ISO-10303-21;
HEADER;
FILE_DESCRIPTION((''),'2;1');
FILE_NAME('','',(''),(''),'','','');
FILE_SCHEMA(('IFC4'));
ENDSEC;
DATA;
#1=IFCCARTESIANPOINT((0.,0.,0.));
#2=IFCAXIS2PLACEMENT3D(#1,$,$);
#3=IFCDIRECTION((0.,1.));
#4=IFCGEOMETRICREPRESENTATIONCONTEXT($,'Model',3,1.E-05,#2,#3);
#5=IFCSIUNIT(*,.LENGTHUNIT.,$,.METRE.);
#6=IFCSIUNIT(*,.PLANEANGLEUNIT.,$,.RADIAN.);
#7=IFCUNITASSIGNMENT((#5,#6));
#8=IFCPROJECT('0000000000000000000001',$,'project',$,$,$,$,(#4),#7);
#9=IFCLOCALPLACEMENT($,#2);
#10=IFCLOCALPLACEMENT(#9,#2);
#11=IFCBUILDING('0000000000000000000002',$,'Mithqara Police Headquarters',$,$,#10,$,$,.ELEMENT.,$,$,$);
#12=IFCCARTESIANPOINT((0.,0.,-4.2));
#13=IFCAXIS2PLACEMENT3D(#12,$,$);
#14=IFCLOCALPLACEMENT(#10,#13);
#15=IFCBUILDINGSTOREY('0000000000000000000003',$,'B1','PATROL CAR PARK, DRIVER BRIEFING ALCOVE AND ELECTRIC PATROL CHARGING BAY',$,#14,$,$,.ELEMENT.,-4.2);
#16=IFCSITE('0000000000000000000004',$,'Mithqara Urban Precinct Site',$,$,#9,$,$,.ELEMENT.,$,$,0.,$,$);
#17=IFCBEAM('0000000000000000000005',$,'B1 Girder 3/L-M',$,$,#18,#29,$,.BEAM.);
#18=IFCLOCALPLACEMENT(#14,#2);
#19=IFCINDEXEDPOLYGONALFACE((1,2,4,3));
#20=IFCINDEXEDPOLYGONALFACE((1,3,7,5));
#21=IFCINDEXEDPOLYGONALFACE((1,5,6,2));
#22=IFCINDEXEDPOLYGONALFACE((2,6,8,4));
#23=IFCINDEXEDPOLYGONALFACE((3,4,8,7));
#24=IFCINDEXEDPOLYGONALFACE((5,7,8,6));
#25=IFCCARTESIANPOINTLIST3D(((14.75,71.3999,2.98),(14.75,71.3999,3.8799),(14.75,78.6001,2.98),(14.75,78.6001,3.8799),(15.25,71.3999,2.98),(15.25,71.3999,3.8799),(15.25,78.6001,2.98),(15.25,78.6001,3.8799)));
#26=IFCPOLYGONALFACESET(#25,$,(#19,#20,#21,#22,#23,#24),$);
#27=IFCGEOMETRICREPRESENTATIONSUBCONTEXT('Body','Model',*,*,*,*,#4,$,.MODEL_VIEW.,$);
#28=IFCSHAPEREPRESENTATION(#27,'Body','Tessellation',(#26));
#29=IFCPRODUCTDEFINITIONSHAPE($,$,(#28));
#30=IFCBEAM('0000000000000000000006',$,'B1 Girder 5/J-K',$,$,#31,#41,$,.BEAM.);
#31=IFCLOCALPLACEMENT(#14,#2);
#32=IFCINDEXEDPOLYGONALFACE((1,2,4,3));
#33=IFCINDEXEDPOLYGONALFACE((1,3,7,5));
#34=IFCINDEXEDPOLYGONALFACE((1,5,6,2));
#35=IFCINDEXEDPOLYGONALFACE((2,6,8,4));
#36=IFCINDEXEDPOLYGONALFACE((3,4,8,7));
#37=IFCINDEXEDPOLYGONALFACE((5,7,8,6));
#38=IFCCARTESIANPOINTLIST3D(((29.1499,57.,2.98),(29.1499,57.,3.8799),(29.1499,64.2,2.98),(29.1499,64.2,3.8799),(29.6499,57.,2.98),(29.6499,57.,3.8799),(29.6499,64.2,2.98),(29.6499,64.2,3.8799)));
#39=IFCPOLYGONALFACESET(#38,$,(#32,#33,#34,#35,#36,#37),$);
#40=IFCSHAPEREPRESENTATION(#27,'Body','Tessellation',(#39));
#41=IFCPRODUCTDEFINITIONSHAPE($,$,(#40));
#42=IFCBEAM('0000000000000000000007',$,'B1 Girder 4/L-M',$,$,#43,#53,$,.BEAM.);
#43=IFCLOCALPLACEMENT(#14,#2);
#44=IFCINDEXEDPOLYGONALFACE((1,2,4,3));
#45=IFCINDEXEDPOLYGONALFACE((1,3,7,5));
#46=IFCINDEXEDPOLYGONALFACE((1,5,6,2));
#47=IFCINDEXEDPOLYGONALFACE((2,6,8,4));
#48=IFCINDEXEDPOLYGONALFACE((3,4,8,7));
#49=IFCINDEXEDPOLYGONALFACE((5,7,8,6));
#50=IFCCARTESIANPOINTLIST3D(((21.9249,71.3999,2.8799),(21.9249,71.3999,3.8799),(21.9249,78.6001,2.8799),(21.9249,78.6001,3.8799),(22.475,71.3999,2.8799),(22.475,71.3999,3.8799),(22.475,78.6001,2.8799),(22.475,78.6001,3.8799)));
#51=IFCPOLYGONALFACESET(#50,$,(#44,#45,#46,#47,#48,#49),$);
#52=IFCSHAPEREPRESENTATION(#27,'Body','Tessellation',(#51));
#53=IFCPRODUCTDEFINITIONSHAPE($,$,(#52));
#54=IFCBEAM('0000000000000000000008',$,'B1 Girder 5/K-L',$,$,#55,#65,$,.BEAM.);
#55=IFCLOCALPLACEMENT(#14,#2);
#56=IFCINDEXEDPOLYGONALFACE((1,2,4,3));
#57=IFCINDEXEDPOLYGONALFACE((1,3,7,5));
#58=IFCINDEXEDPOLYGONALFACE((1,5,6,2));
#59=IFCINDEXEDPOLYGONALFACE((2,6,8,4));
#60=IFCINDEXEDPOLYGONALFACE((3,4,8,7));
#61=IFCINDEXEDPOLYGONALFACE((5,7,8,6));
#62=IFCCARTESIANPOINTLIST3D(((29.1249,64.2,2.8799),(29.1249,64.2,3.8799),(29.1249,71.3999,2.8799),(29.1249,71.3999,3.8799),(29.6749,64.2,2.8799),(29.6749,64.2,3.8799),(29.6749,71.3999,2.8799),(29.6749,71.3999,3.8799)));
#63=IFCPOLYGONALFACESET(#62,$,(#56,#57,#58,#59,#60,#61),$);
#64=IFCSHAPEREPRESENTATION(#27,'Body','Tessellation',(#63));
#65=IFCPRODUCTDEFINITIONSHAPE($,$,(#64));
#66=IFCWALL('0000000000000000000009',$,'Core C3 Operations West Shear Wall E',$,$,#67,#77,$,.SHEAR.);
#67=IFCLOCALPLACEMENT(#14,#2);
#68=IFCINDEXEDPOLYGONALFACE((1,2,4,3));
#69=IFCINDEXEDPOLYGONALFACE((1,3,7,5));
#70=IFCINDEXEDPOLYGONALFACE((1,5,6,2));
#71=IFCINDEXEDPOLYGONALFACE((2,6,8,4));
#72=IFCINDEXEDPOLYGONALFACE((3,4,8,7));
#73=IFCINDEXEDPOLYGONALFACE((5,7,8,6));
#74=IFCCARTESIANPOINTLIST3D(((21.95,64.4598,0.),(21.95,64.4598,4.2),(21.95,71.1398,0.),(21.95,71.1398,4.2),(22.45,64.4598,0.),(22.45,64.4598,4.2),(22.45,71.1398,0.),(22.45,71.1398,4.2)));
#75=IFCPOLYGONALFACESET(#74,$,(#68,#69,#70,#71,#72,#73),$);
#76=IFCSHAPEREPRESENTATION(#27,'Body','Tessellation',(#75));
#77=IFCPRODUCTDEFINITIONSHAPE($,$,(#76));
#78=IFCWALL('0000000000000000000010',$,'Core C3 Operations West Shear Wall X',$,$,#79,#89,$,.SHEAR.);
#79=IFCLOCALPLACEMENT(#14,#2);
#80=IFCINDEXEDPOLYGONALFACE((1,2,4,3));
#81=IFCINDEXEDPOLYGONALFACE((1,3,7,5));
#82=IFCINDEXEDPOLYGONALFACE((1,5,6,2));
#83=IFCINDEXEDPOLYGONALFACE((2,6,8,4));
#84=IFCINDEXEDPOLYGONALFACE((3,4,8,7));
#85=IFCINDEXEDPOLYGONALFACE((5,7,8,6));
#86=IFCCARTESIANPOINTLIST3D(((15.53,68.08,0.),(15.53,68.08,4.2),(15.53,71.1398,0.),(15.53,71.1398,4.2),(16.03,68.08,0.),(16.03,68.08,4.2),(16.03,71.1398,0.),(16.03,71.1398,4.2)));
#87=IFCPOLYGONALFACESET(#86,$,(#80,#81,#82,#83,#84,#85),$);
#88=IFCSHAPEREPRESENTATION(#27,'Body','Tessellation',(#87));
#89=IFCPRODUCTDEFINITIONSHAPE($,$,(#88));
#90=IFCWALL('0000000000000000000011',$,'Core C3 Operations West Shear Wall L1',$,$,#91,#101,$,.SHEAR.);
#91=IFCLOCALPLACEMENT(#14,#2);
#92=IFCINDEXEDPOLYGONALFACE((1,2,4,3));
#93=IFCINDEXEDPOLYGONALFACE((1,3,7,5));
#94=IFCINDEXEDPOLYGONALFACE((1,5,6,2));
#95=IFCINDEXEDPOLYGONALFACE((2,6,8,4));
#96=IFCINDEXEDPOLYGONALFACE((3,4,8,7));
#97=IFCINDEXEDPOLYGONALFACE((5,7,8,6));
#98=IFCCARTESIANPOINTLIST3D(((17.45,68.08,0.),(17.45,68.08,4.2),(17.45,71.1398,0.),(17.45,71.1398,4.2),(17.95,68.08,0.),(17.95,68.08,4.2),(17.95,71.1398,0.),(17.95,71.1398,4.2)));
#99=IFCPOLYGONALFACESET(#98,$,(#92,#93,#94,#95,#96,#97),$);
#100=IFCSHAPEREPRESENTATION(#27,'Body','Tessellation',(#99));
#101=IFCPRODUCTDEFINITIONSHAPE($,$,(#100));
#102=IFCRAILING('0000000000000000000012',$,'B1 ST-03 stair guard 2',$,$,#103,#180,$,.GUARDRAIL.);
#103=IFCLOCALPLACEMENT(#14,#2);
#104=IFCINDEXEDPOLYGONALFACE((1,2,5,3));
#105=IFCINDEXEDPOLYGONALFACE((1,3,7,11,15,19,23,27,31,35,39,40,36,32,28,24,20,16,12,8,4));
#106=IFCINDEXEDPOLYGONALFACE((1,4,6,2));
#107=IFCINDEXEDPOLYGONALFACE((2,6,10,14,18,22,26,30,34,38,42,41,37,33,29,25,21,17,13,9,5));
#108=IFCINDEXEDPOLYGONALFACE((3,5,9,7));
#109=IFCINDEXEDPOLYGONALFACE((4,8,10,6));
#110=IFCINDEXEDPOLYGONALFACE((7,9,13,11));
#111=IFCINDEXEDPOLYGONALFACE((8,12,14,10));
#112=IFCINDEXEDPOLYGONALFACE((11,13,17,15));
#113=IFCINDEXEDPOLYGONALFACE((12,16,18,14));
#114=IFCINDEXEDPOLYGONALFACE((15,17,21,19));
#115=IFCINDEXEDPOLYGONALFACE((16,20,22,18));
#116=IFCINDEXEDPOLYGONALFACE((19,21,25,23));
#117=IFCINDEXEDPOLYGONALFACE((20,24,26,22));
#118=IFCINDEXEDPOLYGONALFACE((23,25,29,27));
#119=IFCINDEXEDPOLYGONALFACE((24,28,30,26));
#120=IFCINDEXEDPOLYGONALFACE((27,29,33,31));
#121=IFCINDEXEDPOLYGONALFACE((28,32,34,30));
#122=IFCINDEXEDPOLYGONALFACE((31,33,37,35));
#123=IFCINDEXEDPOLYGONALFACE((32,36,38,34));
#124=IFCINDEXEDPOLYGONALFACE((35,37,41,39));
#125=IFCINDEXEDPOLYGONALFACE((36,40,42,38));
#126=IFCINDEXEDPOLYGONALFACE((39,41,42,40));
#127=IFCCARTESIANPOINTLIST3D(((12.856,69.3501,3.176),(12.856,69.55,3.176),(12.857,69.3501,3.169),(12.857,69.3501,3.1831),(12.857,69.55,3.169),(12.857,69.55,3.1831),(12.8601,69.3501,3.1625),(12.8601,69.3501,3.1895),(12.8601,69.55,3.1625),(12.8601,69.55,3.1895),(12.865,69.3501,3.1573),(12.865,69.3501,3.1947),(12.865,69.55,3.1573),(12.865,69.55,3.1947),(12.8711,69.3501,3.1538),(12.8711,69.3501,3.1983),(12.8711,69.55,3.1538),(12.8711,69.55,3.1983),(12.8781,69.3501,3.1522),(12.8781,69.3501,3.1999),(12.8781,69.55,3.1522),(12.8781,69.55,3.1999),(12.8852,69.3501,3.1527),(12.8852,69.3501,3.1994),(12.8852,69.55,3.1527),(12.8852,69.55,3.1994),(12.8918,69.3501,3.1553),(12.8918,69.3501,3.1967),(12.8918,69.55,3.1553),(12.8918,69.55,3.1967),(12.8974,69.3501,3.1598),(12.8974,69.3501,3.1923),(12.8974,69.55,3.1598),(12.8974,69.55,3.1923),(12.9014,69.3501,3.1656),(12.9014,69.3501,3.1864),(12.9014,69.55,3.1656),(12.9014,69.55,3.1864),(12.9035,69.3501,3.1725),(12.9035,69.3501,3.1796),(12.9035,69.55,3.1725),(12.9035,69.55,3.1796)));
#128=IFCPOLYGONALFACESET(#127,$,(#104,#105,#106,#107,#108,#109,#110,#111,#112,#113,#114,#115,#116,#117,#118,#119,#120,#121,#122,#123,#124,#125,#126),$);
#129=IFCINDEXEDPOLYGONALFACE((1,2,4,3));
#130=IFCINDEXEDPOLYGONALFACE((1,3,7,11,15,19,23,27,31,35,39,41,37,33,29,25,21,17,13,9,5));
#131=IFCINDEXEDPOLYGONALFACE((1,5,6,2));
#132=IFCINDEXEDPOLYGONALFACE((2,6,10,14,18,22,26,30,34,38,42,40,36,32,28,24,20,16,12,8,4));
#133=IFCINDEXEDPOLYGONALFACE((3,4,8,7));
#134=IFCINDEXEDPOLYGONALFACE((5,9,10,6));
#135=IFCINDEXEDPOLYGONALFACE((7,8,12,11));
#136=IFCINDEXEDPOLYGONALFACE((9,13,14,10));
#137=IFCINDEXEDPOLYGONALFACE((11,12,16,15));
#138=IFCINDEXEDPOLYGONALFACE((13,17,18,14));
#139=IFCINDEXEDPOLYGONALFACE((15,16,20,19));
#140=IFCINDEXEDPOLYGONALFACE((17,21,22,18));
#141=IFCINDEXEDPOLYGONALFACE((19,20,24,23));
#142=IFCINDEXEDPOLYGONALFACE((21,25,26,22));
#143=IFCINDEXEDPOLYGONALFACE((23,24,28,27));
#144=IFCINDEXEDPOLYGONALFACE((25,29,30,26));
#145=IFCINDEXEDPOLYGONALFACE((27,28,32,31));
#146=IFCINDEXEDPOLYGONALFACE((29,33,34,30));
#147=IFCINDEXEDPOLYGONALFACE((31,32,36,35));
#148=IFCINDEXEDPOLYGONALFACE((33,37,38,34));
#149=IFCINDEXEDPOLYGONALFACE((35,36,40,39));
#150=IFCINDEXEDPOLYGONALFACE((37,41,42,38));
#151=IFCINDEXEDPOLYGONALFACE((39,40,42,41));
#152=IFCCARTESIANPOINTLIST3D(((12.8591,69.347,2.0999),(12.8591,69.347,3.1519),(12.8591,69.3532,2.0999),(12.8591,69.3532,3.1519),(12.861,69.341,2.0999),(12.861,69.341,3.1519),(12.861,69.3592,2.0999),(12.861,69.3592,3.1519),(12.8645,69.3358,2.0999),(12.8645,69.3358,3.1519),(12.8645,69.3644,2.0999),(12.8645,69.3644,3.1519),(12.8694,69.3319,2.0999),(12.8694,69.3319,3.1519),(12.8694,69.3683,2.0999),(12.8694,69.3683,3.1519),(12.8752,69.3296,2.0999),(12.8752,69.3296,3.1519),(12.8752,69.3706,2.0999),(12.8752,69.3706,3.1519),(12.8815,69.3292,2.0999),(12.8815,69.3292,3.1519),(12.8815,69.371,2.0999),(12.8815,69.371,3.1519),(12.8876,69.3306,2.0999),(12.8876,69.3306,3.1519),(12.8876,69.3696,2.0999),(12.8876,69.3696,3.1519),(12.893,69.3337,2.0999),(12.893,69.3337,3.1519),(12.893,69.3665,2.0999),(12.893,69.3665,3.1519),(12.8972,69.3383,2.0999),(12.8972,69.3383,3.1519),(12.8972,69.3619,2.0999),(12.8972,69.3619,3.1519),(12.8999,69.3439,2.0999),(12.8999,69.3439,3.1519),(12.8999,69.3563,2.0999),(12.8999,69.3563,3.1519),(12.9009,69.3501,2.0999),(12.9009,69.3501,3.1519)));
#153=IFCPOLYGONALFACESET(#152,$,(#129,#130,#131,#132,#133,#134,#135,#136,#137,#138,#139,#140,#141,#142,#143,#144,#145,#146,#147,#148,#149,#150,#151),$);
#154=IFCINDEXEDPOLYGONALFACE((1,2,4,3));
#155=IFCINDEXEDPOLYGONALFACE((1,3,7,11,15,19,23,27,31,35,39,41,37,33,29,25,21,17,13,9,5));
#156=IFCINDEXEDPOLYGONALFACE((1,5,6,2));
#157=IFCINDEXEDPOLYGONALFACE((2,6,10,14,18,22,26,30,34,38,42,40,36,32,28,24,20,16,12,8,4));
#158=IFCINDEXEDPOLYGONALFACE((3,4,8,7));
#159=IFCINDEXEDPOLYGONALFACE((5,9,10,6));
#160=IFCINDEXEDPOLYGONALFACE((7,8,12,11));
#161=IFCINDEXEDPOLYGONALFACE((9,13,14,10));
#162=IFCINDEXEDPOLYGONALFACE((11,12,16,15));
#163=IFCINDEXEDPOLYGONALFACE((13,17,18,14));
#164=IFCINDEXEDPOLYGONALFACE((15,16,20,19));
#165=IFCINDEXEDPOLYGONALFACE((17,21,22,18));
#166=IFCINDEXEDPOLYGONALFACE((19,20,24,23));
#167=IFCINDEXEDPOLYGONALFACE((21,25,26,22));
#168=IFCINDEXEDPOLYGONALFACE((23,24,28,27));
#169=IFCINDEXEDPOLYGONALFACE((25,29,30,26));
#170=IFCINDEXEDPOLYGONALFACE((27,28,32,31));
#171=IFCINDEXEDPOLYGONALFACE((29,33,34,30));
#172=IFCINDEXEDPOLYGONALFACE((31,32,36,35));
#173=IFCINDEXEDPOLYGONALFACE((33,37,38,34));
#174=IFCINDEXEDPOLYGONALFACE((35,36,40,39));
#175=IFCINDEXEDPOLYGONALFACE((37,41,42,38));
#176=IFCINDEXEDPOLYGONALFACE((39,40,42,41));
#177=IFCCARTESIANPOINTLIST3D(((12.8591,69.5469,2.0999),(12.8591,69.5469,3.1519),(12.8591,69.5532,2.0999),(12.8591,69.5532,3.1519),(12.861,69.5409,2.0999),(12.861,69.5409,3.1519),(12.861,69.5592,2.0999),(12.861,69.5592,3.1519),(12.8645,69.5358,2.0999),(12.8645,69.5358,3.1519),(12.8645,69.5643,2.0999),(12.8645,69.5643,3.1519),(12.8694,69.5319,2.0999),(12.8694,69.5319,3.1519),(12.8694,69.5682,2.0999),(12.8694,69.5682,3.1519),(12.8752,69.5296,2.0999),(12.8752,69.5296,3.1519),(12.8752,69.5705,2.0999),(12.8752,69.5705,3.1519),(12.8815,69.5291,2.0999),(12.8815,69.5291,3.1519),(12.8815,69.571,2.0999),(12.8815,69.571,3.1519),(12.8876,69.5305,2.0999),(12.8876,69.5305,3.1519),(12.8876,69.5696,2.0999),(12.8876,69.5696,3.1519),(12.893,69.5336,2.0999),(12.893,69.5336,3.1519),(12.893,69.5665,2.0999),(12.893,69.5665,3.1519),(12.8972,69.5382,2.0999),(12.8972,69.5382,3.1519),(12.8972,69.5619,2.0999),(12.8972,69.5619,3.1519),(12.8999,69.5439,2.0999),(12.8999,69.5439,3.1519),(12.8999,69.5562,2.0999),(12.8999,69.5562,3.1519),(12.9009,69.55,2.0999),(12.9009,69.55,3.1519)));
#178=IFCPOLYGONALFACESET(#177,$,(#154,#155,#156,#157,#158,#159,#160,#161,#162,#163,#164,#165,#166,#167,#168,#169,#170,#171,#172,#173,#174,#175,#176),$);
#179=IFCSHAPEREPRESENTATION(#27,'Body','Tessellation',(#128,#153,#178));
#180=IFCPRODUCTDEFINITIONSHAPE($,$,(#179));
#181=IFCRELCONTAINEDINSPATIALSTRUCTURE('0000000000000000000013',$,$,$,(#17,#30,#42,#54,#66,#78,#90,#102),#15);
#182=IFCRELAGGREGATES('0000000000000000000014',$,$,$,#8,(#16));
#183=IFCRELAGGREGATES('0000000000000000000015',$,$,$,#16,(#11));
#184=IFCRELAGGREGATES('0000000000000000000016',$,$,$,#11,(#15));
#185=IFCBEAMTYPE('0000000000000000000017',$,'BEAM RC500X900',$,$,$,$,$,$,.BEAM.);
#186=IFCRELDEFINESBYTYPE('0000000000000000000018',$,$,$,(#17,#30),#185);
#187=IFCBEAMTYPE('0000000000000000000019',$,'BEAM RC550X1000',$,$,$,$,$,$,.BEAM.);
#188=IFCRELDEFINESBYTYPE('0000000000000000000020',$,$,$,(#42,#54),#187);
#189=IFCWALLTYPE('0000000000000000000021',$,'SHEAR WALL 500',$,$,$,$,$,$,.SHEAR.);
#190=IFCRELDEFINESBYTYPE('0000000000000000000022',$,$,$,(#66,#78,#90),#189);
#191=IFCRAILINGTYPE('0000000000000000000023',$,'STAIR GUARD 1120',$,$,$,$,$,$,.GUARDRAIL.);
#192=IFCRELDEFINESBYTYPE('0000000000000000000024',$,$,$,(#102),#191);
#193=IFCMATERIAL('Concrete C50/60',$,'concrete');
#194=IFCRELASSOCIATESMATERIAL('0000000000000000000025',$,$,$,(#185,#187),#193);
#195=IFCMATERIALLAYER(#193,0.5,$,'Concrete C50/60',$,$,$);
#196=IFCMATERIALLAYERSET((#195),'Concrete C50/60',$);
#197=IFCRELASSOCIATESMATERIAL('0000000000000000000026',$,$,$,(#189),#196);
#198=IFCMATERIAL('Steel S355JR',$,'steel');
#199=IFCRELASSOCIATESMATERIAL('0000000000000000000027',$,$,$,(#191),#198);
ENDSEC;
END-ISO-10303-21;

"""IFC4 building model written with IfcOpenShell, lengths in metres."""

from ifc_helpers import new_model, si_unit, direction, frame, frame_2d, origin, origin_2d, place, context, subcontext, project, spatial, rectangle, circle, extrude, material, layer, layer_set, material_profile, profile_set, type_object, element, save


model = new_model("IFC4")

# Units and contexts
model_context = context("Model", 3, precision=1e-05, world=origin(), true_north=direction((0.0, 1.0)))
body_context = subcontext(model_context, "Body", "Model", "MODEL_VIEW")
ifc_project = project(units=[si_unit("LENGTHUNIT", "METRE"), si_unit("PLANEANGLEUNIT", "RADIAN")], contexts=[model_context])

# Site, building, storey
site_placement = place(None, origin())
site = spatial("IfcSite", under=ifc_project, at=site_placement, Name="Mithqara Urban Precinct Site", CompositionType="ELEMENT", RefElevation=0.0)
building_placement = place(site_placement, origin())
building = spatial("IfcBuilding", under=site, at=building_placement, Name="Mithqara Police Headquarters", CompositionType="ELEMENT")
storey_placement = place(building_placement, frame((0.0, 0.0, -4.2)))
storey = spatial("IfcBuildingStorey", under=building, at=storey_placement, Name="B1", Description="PATROL CAR PARK, DRIVER BRIEFING ALCOVE AND ELECTRIC PATROL CHARGING BAY", CompositionType="ELEMENT", Elevation=-4.2)

# Shared definitions
ifc_material_1 = material(Name="Concrete C50/60", Category="concrete")

# Beams
ifc_material_2 = material(Name="Steel S355JR", Category="steel")
ifc_material_profile_1 = material_profile(ifc_material_1, rectangle(XDim=0.5, YDim=0.8999, at=origin_2d()), Name="RC 500x900")
ifc_profile_set_1 = profile_set([ifc_material_profile_1], Name="Concrete C50/60")
beam_type_1 = type_object("IfcBeamType", Name="BEAM RC500X900", PredefinedType="BEAM", material=ifc_profile_set_1)
beam_1_placement = place(storey_placement, frame((15.0, 71.3999, 3.4299), z_axis=(0.0, 1.0, 0.0), x_axis=(-1.0, 0.0, 0.0)))
element("IfcBeam", 1, at=beam_1_placement, inside=storey, type_object=beam_type_1, Name="B1 Girder 3/L-M", PredefinedType="BEAM", context=body_context, shape_type="SweptSolid", body=[
    extrude(rectangle(XDim=0.5, YDim=0.8999, at=origin_2d()), origin(), (0.0, 0.0, 1.0), 7.2002),
])
beam_2_placement = place(storey_placement, frame((29.3999, 57.0, 3.4299), z_axis=(0.0, 1.0, 0.0), x_axis=(-1.0, 0.0, 0.0)))
element("IfcBeam", 2, at=beam_2_placement, inside=storey, type_object=beam_type_1, Name="B1 Girder 5/J-K", PredefinedType="BEAM", context=body_context, shape_type="SweptSolid", body=[
    extrude(rectangle(XDim=0.5, YDim=0.8999, at=origin_2d()), origin(), (0.0, 0.0, 1.0), 7.2),
])
ifc_material_profile_2 = material_profile(ifc_material_1, rectangle(XDim=0.55, YDim=1.0, at=origin_2d()), Name="RC 550x1000")
ifc_profile_set_2 = profile_set([ifc_material_profile_2], Name="Concrete C50/60")
beam_type_2 = type_object("IfcBeamType", Name="BEAM RC550X1000", PredefinedType="BEAM", material=ifc_profile_set_2)
beam_3_placement = place(storey_placement, frame((22.2, 71.3999, 3.3799), z_axis=(0.0, 1.0, 0.0), x_axis=(-1.0, 0.0, 0.0)))
element("IfcBeam", 3, at=beam_3_placement, inside=storey, type_object=beam_type_2, Name="B1 Girder 4/L-M", PredefinedType="BEAM", context=body_context, shape_type="SweptSolid", body=[
    extrude(rectangle(XDim=0.55, YDim=1.0, at=origin_2d()), origin(), (0.0, 0.0, 1.0), 7.2002),
])
beam_4_placement = place(storey_placement, frame((29.3999, 64.2, 3.3799), z_axis=(0.0, 1.0, 0.0), x_axis=(-1.0, 0.0, 0.0)))
element("IfcBeam", 4, at=beam_4_placement, inside=storey, type_object=beam_type_2, Name="B1 Girder 5/K-L", PredefinedType="BEAM", context=body_context, shape_type="SweptSolid", body=[
    extrude(rectangle(XDim=0.55, YDim=1.0, at=origin_2d()), origin(), (0.0, 0.0, 1.0), 7.2),
])

# Walls
ifc_layer = layer(ifc_material_1, 0.5, Name="Concrete C50/60")
ifc_layer_set = layer_set([ifc_layer], Name="Concrete C50/60")
wall_type = type_object("IfcWallType", Name="SHEAR WALL 500", PredefinedType="SHEAR", material=ifc_layer_set)
wall_placement = place(storey_placement, frame((22.2, 64.46, 0.0), z_axis=(0.0, 0.0, 1.0), x_axis=(0.0, 1.0, 0.0)))
element("IfcWall", 5, at=wall_placement, inside=storey, type_object=wall_type, Name="Core C3 Operations West Shear Wall E", PredefinedType="SHEAR", context=body_context, shape_type="SweptSolid", body=[
    extrude(rectangle(XDim=6.6799, YDim=0.5, at=frame_2d((3.3398, 0.0))), origin(), (0.0, 0.0, 1.0), 4.2),
])
for number, where, z_axis, x_axis, name in (
    (6, (15.78, 68.0801, 0.0), (0.0, 0.0, 1.0), (0.0, 1.0, 0.0), "Core C3 Operations West Shear Wall X"),
    (7, (17.7, 68.0801, 0.0), (0.0, 0.0, 1.0), (0.0, 1.0, 0.0), "Core C3 Operations West Shear Wall L1"),
):
    element("IfcWall", number, at=place(storey_placement, frame(where, z_axis=z_axis, x_axis=x_axis)), inside=storey, type_object=wall_type, Name=name, PredefinedType="SHEAR", context=body_context, shape_type="SweptSolid", body=[
        extrude(rectangle(XDim=3.0598, YDim=0.5, at=frame_2d((1.5298, 0.0))), origin(), (0.0, 0.0, 1.0), 4.2),
    ])

# Railing
railing_type = type_object("IfcRailingType", Name="STAIR GUARD 1120", PredefinedType="GUARDRAIL", material=ifc_material_2)
railing_placement = place(storey_placement, frame((12.8799, 69.3501, 2.0999)))
element("IfcRailing", 8, at=railing_placement, inside=storey, type_object=railing_type, Name="B1 ST-03 stair guard 2", PredefinedType="GUARDRAIL", context=body_context, shape_type="SweptSolid", body=[
    extrude(circle(Radius=0.0239, at=origin_2d()), frame((0.0, 0.0, 1.0762), z_axis=(0.0, 1.0, 0.0), x_axis=(-1.0, 0.0, 0.0)), (0.0, 0.0, 1.0), 0.2),
    extrude(circle(Radius=0.021, at=origin_2d()), origin(), (0.0, 0.0, 1.0), 1.052),
    extrude(circle(Radius=0.021, at=origin_2d()), frame((0.0, 0.2, 0.0)), (0.0, 0.0, 1.0), 1.052),
])

save(model, "model.ifc")
